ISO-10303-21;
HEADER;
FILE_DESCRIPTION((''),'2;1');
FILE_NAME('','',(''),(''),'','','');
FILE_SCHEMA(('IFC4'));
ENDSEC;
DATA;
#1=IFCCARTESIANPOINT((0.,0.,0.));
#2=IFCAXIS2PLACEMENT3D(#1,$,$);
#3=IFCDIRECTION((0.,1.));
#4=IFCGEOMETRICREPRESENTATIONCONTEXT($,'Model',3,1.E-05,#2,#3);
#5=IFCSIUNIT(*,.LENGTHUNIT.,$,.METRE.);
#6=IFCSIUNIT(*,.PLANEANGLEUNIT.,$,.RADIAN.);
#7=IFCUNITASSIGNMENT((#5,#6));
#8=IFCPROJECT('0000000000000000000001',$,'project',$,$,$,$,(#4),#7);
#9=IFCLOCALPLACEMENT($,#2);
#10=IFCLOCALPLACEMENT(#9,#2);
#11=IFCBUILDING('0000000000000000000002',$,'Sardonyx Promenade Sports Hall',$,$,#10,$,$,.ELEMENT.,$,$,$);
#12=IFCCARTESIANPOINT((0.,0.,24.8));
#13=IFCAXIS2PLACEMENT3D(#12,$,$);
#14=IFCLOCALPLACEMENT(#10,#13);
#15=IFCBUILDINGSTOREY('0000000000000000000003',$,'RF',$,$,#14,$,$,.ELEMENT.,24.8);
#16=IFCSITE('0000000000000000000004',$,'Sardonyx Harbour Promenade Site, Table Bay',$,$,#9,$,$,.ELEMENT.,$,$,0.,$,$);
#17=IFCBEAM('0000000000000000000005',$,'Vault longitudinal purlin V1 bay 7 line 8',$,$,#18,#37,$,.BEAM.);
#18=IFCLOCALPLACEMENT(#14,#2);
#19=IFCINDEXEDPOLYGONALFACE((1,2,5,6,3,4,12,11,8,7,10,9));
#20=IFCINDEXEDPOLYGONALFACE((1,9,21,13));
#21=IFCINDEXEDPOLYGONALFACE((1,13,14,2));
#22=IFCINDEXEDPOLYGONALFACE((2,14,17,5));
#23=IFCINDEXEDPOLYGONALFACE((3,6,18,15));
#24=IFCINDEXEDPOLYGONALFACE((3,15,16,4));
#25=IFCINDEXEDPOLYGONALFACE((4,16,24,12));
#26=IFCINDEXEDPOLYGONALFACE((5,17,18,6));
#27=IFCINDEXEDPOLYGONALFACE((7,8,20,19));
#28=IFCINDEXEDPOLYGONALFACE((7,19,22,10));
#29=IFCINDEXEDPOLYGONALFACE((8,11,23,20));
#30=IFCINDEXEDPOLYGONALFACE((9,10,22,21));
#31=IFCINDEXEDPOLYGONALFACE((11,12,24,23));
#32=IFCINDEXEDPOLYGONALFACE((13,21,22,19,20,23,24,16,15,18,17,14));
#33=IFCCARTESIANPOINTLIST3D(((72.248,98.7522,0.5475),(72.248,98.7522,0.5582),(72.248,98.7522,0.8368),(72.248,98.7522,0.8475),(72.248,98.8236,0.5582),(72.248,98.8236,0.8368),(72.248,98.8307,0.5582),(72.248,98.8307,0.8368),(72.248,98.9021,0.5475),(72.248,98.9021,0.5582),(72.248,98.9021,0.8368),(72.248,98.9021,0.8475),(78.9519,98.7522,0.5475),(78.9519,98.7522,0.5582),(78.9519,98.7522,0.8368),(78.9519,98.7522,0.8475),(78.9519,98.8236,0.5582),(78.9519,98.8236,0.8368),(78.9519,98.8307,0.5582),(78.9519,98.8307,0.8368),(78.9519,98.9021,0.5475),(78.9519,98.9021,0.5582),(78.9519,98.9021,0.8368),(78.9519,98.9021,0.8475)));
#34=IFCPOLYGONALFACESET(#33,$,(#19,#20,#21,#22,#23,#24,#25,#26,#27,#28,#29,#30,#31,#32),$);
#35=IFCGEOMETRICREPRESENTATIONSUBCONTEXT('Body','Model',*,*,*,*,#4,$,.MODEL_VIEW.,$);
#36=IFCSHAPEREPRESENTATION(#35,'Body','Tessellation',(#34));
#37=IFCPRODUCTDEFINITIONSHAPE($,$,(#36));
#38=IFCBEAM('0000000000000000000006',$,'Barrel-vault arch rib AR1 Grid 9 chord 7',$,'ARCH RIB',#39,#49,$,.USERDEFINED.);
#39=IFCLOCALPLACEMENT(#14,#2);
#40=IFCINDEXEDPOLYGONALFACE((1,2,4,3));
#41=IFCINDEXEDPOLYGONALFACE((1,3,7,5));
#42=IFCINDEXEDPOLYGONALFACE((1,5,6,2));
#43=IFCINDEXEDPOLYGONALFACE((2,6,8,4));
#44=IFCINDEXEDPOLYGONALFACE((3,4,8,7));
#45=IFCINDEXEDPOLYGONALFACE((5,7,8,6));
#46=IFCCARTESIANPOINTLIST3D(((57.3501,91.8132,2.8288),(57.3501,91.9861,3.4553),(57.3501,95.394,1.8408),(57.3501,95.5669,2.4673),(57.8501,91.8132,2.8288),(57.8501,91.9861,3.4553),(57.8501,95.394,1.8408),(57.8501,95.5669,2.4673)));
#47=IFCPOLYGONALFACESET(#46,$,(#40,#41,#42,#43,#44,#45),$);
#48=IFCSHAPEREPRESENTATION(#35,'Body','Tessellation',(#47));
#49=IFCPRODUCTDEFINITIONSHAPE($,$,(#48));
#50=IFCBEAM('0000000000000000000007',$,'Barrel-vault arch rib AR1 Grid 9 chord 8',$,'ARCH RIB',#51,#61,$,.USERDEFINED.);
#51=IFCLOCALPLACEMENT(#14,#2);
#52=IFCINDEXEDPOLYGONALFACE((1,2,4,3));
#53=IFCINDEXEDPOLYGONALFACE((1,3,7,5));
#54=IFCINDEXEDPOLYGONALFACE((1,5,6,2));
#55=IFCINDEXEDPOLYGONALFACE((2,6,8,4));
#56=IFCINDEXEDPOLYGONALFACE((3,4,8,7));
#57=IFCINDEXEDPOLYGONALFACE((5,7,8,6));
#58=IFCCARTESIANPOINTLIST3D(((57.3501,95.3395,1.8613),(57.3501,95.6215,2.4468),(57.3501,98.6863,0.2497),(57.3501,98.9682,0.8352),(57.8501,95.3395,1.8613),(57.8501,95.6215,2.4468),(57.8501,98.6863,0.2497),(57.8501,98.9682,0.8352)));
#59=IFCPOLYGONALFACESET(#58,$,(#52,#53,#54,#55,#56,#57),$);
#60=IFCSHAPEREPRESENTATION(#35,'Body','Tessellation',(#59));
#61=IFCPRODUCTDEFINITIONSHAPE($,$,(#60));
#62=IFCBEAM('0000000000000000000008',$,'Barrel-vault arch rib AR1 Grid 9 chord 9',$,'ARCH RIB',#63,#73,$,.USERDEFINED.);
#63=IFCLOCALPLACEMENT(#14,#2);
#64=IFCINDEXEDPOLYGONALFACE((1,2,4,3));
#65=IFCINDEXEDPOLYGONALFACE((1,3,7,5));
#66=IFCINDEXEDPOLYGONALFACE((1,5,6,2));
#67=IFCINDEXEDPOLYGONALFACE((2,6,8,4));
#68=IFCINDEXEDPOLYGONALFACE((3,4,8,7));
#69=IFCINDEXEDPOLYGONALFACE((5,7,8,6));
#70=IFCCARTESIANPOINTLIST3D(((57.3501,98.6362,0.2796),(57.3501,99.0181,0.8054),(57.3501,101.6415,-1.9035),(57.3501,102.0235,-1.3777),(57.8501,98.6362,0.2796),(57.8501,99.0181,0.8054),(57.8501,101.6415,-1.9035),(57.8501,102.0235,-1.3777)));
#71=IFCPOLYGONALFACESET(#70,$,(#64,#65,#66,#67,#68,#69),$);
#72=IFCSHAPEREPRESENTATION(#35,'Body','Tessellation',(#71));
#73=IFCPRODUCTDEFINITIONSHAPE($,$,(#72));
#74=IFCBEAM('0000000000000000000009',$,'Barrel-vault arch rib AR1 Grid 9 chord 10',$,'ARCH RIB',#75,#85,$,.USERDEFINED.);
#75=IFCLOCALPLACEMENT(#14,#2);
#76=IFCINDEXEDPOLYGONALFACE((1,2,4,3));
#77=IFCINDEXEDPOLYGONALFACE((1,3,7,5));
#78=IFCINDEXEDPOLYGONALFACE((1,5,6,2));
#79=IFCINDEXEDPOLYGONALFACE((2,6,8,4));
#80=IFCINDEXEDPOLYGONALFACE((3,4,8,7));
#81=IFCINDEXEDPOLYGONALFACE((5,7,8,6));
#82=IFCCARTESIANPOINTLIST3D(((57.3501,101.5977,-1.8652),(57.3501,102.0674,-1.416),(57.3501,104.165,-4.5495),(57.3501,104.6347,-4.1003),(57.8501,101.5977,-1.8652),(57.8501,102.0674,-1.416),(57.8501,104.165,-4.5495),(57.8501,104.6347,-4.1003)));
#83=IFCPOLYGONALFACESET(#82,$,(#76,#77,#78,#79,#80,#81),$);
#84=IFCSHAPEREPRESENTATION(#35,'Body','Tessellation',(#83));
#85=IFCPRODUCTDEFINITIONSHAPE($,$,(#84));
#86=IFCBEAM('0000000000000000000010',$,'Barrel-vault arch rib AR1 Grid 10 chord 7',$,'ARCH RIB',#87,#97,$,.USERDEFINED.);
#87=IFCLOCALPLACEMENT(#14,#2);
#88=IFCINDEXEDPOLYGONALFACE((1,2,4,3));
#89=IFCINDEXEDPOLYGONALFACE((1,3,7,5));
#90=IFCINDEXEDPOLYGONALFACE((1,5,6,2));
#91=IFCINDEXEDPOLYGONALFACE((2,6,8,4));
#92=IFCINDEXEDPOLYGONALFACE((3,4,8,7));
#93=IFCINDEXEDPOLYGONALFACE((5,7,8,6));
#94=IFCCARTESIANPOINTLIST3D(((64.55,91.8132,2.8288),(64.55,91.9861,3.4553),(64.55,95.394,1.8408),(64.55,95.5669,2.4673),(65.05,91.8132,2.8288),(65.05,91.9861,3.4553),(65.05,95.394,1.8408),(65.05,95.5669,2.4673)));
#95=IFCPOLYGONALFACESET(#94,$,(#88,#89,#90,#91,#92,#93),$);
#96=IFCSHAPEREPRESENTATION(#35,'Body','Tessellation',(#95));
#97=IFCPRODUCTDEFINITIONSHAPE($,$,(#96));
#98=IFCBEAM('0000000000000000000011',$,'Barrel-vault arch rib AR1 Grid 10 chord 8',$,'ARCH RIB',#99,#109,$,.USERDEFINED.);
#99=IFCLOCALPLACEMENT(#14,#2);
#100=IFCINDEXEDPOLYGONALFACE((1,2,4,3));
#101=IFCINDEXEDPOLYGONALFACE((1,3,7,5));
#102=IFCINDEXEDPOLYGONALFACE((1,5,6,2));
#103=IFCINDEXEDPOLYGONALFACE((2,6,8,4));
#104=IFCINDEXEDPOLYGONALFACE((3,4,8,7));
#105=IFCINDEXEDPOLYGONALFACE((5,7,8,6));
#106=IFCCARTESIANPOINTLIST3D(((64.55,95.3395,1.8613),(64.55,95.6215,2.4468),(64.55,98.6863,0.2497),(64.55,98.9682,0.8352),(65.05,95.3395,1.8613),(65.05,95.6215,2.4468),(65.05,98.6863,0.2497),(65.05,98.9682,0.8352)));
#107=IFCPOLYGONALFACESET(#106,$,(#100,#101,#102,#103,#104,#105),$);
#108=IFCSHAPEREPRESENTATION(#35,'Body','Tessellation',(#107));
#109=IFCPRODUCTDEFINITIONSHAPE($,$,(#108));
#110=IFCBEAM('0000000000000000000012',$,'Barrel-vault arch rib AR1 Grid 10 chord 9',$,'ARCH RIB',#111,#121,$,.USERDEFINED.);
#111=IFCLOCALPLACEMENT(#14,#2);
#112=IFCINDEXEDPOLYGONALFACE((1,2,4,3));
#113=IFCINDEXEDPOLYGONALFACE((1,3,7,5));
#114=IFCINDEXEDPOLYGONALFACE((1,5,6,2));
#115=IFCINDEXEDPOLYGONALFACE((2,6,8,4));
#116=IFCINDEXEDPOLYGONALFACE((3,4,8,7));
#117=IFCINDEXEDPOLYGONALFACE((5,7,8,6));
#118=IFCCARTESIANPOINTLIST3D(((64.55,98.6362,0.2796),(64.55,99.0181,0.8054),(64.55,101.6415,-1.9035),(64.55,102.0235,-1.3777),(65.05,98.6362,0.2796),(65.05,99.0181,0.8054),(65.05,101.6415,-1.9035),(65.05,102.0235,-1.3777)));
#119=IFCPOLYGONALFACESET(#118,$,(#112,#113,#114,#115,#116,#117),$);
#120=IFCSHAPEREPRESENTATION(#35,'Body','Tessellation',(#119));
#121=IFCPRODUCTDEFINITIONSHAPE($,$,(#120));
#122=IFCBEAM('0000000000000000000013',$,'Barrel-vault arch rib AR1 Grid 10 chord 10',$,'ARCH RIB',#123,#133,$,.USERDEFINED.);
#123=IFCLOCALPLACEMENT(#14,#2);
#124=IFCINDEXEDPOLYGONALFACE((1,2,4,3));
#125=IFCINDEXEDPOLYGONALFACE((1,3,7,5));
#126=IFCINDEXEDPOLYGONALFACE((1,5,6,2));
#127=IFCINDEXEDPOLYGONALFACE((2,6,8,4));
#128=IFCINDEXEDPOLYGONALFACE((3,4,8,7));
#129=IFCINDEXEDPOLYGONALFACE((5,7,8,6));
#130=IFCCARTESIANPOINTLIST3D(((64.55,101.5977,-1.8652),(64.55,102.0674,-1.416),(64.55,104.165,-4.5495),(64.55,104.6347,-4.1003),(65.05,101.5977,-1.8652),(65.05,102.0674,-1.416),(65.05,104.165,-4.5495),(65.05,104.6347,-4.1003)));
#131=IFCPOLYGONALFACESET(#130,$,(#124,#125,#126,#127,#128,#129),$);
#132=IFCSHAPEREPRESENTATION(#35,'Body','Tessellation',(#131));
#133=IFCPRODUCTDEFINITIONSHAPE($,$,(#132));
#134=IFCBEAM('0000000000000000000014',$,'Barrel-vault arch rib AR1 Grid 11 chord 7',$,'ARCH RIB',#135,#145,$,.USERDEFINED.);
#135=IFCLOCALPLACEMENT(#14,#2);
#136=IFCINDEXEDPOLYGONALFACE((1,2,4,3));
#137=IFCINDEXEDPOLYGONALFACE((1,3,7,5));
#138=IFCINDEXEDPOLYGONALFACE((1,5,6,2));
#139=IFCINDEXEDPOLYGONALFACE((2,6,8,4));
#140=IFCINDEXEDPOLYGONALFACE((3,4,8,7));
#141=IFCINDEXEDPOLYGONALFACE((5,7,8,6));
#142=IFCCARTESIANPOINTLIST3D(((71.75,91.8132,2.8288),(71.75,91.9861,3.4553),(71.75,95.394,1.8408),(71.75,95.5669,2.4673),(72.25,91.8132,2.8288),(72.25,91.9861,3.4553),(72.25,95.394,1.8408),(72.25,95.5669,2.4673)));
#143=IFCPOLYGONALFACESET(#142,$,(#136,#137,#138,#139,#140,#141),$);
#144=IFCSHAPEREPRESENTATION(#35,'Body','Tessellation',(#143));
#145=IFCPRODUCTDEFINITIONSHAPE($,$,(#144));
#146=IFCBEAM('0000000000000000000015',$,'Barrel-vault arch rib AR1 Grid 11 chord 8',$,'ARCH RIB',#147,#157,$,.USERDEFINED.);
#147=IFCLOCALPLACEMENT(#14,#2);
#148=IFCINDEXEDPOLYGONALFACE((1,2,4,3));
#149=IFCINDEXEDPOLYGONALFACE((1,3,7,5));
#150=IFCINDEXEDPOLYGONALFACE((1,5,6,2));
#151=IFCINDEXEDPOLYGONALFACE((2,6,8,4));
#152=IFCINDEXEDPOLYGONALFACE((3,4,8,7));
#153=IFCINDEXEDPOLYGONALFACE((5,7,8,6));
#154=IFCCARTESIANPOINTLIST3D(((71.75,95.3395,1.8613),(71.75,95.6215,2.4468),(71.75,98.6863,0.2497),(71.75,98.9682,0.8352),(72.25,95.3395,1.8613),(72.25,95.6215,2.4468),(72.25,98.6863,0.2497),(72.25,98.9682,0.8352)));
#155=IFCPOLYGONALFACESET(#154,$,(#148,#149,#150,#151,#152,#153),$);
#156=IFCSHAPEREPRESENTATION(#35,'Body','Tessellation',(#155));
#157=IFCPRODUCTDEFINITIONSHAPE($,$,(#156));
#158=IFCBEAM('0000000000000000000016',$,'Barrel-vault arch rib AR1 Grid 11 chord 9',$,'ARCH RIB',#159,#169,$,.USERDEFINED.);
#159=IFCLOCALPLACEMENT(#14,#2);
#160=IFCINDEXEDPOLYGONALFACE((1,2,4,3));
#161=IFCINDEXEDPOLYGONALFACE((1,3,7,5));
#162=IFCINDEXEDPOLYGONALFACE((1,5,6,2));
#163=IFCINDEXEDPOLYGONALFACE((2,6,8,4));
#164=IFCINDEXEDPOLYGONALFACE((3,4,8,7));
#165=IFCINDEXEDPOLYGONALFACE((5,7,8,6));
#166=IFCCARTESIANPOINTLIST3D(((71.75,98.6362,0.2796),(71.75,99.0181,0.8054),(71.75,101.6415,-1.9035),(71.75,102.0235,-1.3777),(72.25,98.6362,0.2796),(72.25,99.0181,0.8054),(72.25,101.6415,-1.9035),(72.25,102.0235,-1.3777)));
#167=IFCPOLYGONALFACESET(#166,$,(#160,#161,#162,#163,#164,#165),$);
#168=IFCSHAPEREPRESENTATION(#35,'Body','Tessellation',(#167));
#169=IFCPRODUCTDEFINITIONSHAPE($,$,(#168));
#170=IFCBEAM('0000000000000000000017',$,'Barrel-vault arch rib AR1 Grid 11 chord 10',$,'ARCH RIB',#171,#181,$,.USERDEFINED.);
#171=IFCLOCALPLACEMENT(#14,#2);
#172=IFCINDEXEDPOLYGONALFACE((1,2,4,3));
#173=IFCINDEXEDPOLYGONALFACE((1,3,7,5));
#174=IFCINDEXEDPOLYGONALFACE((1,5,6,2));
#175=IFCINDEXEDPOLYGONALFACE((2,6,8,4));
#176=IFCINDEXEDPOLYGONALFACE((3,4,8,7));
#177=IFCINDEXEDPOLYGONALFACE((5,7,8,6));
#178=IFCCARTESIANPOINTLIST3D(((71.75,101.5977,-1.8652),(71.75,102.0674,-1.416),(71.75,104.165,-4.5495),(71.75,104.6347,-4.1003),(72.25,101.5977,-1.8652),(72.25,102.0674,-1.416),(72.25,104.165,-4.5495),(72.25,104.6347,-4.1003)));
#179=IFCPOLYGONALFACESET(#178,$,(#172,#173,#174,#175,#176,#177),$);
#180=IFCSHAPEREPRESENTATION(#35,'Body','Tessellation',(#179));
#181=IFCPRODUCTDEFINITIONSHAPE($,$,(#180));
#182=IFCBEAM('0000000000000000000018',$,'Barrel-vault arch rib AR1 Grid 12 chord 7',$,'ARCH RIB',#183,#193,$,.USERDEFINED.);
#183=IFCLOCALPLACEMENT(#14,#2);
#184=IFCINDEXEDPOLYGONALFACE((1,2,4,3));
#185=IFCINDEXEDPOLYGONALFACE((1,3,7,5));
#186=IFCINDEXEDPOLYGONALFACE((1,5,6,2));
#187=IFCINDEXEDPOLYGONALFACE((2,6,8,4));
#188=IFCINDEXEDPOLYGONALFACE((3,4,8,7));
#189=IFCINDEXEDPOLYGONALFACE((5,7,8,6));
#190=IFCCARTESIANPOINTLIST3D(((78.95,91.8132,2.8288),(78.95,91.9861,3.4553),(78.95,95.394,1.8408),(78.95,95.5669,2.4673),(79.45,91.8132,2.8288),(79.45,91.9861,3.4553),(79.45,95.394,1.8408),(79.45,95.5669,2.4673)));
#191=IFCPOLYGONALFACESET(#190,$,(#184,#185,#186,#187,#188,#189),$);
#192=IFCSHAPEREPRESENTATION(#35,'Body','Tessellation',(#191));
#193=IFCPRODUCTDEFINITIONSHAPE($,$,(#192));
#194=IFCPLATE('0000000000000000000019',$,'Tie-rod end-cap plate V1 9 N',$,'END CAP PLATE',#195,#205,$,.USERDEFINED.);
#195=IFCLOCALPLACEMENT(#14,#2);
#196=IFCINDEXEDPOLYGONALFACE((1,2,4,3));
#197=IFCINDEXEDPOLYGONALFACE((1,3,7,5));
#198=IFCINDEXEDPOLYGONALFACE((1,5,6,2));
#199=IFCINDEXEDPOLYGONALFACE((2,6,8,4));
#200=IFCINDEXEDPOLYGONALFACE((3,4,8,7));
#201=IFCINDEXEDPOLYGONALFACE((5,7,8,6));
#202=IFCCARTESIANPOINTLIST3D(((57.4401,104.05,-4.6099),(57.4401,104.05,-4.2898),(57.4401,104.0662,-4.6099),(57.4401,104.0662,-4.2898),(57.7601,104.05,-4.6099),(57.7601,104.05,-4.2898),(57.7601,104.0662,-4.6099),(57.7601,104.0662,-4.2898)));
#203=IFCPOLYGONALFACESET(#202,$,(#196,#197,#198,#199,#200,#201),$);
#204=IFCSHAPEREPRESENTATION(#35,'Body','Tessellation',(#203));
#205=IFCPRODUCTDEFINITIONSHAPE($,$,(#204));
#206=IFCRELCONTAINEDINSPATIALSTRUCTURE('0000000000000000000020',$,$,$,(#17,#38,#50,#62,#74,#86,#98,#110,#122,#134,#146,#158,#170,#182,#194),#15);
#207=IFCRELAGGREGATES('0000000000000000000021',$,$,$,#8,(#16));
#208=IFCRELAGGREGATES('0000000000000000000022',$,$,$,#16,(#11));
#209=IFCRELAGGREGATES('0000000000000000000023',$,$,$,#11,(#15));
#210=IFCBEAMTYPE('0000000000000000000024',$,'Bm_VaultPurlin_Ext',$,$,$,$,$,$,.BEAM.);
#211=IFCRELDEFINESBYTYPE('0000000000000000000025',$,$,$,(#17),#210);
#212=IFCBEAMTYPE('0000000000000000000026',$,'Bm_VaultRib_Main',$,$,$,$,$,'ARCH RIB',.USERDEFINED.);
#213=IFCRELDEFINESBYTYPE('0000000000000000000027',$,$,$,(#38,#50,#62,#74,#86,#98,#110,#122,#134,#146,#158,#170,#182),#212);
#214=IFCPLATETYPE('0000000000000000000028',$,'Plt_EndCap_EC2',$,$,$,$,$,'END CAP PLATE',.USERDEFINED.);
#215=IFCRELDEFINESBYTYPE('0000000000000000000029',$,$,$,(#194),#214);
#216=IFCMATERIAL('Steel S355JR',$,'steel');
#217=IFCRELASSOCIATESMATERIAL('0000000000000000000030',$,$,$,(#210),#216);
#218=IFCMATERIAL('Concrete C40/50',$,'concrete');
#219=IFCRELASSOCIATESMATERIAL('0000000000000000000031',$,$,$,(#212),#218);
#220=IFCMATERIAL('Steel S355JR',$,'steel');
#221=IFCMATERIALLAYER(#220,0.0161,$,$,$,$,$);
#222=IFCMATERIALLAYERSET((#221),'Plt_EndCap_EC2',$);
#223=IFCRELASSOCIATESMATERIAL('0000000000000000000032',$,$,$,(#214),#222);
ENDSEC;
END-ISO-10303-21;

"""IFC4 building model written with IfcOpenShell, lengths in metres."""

from ifc_helpers import new_model, si_unit, direction, frame, origin, origin_2d, place, context, subcontext, project, spatial, rectangle, i_section, extrude, material, layer, layer_set, material_profile, profile_set, type_object, element, save


model = new_model("IFC4")

# Units and contexts
model_context = context("Model", 3, precision=1e-05, world=origin(), true_north=direction((0.0, 1.0)))
body_context = subcontext(model_context, "Body", "Model", "MODEL_VIEW")
ifc_project = project(units=[si_unit("LENGTHUNIT", "METRE"), si_unit("PLANEANGLEUNIT", "RADIAN")], contexts=[model_context])

# Site, building, storey
site_placement = place(None, origin())
site = spatial("IfcSite", under=ifc_project, at=site_placement, Name="Sardonyx Harbour Promenade Site, Table Bay", CompositionType="ELEMENT", RefElevation=0.0)
building_placement = place(site_placement, origin())
building = spatial("IfcBuilding", under=site, at=building_placement, Name="Sardonyx Promenade Sports Hall", CompositionType="ELEMENT")
storey_placement = place(building_placement, frame((0.0, 0.0, 24.8)))
storey = spatial("IfcBuildingStorey", under=building, at=storey_placement, Name="RF", CompositionType="ELEMENT", Elevation=24.8)

# Beams
ifc_material_1 = material(Name="Steel S355JR", Category="steel")
ifc_material_profile_1 = material_profile(ifc_material_1, i_section(OverallWidth=0.1499, OverallDepth=0.3, WebThickness=0.0071, FlangeThickness=0.0107, at=origin_2d()))
ifc_profile_set_1 = profile_set([ifc_material_profile_1], Name="Steel S355JR")
beam_type_1 = type_object("IfcBeamType", Name="Bm_VaultPurlin_Ext", PredefinedType="BEAM", material=ifc_profile_set_1)
for number, where, z_axis, x_axis, name in (
    (1, (72.248, 98.8271, 0.6975), (1.0, 0.0, 0.0), (0.0, 1.0, 0.0), "Vault longitudinal purlin V1 bay 7 line 8"),
):
    element("IfcBeam", number, at=place(storey_placement, frame(where, z_axis=z_axis, x_axis=x_axis)), inside=storey, type_object=beam_type_1, Name=name, PredefinedType="BEAM", context=body_context, shape_type="SweptSolid", body=[
        extrude(i_section(OverallWidth=0.1499, OverallDepth=0.3, WebThickness=0.0071, FlangeThickness=0.0107, at=origin_2d()), origin(), (0.0, 0.0, 1.0), 6.7039),
    ])
ifc_material_2 = material(Name="Concrete C40/50", Category="concrete")
ifc_material_profile_2 = material_profile(ifc_material_2, rectangle(XDim=0.5, YDim=0.6499, at=origin_2d()))
ifc_profile_set_2 = profile_set([ifc_material_profile_2], Name="Concrete C40/50")
beam_type_2 = type_object("IfcBeamType", Name="Bm_VaultRib_Main", ElementType="ARCH RIB", PredefinedType="USERDEFINED", material=ifc_profile_set_2)
for number, where, z_axis, x_axis, name in (
    (2, (57.6001, 91.8997, 3.1421), (0.0, 0.963977, -0.265986), (-1.0, 0.0, 0.0), "Barrel-vault arch rib AR1 Grid 9 chord 7"),
    (3, (57.6001, 95.4805, 2.1541), (0.0, 0.90098, -0.433861), (-1.0, 0.0, 0.0), "Barrel-vault arch rib AR1 Grid 9 chord 8"),
    (4, (57.6001, 98.8271, 0.5425), (0.0, 0.809071, -0.58771), (-1.0, 0.0, 0.0), "Barrel-vault arch rib AR1 Grid 9 chord 9"),
):
    element("IfcBeam", number, at=place(storey_placement, frame(where, z_axis=z_axis, x_axis=x_axis)), inside=storey, type_object=beam_type_2, Name=name, ObjectType="ARCH RIB", PredefinedType="USERDEFINED", context=body_context, shape_type="SweptSolid", body=[
        extrude(rectangle(XDim=0.5, YDim=0.6499, at=origin_2d()), origin(), (0.0, 0.0, 1.0), 3.7146),
    ])
beam_1_placement = place(storey_placement, frame((57.6001, 101.8325, -1.6406), z_axis=(0.0, 0.69119, -0.722673), x_axis=(-1.0, 0.0, 0.0)))
element("IfcBeam", 5, at=beam_1_placement, inside=storey, type_object=beam_type_2, Name="Barrel-vault arch rib AR1 Grid 9 chord 10", ObjectType="ARCH RIB", PredefinedType="USERDEFINED", context=body_context, shape_type="SweptSolid", body=[
    extrude(rectangle(XDim=0.5, YDim=0.6499, at=origin_2d()), origin(), (0.0, 0.0, 1.0), 3.7144),
])
for number, where, z_axis, x_axis, name in (
    (6, (64.8, 91.8997, 3.1421), (0.0, 0.963977, -0.265986), (-1.0, 0.0, 0.0), "Barrel-vault arch rib AR1 Grid 10 chord 7"),
    (7, (64.8, 95.4805, 2.1541), (0.0, 0.90098, -0.433861), (-1.0, 0.0, 0.0), "Barrel-vault arch rib AR1 Grid 10 chord 8"),
    (8, (64.8, 98.8271, 0.5425), (0.0, 0.809071, -0.58771), (-1.0, 0.0, 0.0), "Barrel-vault arch rib AR1 Grid 10 chord 9"),
):
    element("IfcBeam", number, at=place(storey_placement, frame(where, z_axis=z_axis, x_axis=x_axis)), inside=storey, type_object=beam_type_2, Name=name, ObjectType="ARCH RIB", PredefinedType="USERDEFINED", context=body_context, shape_type="SweptSolid", body=[
        extrude(rectangle(XDim=0.5, YDim=0.6499, at=origin_2d()), origin(), (0.0, 0.0, 1.0), 3.7146),
    ])
beam_2_placement = place(storey_placement, frame((64.8, 101.8325, -1.6406), z_axis=(0.0, 0.69119, -0.722673), x_axis=(-1.0, 0.0, 0.0)))
element("IfcBeam", 9, at=beam_2_placement, inside=storey, type_object=beam_type_2, Name="Barrel-vault arch rib AR1 Grid 10 chord 10", ObjectType="ARCH RIB", PredefinedType="USERDEFINED", context=body_context, shape_type="SweptSolid", body=[
    extrude(rectangle(XDim=0.5, YDim=0.6499, at=origin_2d()), origin(), (0.0, 0.0, 1.0), 3.7144),
])
for number, where, z_axis, x_axis, name in (
    (10, (72.0, 91.8997, 3.1421), (0.0, 0.963977, -0.265986), (-1.0, 0.0, 0.0), "Barrel-vault arch rib AR1 Grid 11 chord 7"),
    (11, (72.0, 95.4805, 2.1541), (0.0, 0.90098, -0.433861), (-1.0, 0.0, 0.0), "Barrel-vault arch rib AR1 Grid 11 chord 8"),
    (12, (72.0, 98.8271, 0.5425), (0.0, 0.809071, -0.58771), (-1.0, 0.0, 0.0), "Barrel-vault arch rib AR1 Grid 11 chord 9"),
):
    element("IfcBeam", number, at=place(storey_placement, frame(where, z_axis=z_axis, x_axis=x_axis)), inside=storey, type_object=beam_type_2, Name=name, ObjectType="ARCH RIB", PredefinedType="USERDEFINED", context=body_context, shape_type="SweptSolid", body=[
        extrude(rectangle(XDim=0.5, YDim=0.6499, at=origin_2d()), origin(), (0.0, 0.0, 1.0), 3.7146),
    ])
beam_3_placement = place(storey_placement, frame((72.0, 101.8325, -1.6406), z_axis=(0.0, 0.69119, -0.722673), x_axis=(-1.0, 0.0, 0.0)))
element("IfcBeam", 13, at=beam_3_placement, inside=storey, type_object=beam_type_2, Name="Barrel-vault arch rib AR1 Grid 11 chord 10", ObjectType="ARCH RIB", PredefinedType="USERDEFINED", context=body_context, shape_type="SweptSolid", body=[
    extrude(rectangle(XDim=0.5, YDim=0.6499, at=origin_2d()), origin(), (0.0, 0.0, 1.0), 3.7144),
])
beam_4_placement = place(storey_placement, frame((79.2, 91.8997, 3.1421), z_axis=(0.0, 0.963977, -0.265986), x_axis=(-1.0, 0.0, 0.0)))
element("IfcBeam", 14, at=beam_4_placement, inside=storey, type_object=beam_type_2, Name="Barrel-vault arch rib AR1 Grid 12 chord 7", ObjectType="ARCH RIB", PredefinedType="USERDEFINED", context=body_context, shape_type="SweptSolid", body=[
    extrude(rectangle(XDim=0.5, YDim=0.6499, at=origin_2d()), origin(), (0.0, 0.0, 1.0), 3.7146),
])

# Plate
ifc_material_3 = material(Name="Steel S355JR", Category="steel")
ifc_layer = layer(ifc_material_3, 0.0161)
ifc_layer_set = layer_set([ifc_layer], Name="Plt_EndCap_EC2")
plate_type = type_object("IfcPlateType", Name="Plt_EndCap_EC2", ElementType="END CAP PLATE", PredefinedType="USERDEFINED", material=ifc_layer_set)
for number, where, z_axis, x_axis, name in (
    (15, (57.6001, 104.0581, -4.6099), (0.0, 0.0, 1.0), (1.0, 0.0, 0.0), "Tie-rod end-cap plate V1 9 N"),
):
    element("IfcPlate", number, at=place(storey_placement, frame(where, z_axis=z_axis, x_axis=x_axis)), inside=storey, type_object=plate_type, Name=name, ObjectType="END CAP PLATE", PredefinedType="USERDEFINED", context=body_context, shape_type="SweptSolid", body=[
        extrude(rectangle(XDim=0.3201, YDim=0.0161, at=origin_2d()), origin(), (0.0, 0.0, 1.0), 0.3201),
    ])

save(model, "model.ifc")
